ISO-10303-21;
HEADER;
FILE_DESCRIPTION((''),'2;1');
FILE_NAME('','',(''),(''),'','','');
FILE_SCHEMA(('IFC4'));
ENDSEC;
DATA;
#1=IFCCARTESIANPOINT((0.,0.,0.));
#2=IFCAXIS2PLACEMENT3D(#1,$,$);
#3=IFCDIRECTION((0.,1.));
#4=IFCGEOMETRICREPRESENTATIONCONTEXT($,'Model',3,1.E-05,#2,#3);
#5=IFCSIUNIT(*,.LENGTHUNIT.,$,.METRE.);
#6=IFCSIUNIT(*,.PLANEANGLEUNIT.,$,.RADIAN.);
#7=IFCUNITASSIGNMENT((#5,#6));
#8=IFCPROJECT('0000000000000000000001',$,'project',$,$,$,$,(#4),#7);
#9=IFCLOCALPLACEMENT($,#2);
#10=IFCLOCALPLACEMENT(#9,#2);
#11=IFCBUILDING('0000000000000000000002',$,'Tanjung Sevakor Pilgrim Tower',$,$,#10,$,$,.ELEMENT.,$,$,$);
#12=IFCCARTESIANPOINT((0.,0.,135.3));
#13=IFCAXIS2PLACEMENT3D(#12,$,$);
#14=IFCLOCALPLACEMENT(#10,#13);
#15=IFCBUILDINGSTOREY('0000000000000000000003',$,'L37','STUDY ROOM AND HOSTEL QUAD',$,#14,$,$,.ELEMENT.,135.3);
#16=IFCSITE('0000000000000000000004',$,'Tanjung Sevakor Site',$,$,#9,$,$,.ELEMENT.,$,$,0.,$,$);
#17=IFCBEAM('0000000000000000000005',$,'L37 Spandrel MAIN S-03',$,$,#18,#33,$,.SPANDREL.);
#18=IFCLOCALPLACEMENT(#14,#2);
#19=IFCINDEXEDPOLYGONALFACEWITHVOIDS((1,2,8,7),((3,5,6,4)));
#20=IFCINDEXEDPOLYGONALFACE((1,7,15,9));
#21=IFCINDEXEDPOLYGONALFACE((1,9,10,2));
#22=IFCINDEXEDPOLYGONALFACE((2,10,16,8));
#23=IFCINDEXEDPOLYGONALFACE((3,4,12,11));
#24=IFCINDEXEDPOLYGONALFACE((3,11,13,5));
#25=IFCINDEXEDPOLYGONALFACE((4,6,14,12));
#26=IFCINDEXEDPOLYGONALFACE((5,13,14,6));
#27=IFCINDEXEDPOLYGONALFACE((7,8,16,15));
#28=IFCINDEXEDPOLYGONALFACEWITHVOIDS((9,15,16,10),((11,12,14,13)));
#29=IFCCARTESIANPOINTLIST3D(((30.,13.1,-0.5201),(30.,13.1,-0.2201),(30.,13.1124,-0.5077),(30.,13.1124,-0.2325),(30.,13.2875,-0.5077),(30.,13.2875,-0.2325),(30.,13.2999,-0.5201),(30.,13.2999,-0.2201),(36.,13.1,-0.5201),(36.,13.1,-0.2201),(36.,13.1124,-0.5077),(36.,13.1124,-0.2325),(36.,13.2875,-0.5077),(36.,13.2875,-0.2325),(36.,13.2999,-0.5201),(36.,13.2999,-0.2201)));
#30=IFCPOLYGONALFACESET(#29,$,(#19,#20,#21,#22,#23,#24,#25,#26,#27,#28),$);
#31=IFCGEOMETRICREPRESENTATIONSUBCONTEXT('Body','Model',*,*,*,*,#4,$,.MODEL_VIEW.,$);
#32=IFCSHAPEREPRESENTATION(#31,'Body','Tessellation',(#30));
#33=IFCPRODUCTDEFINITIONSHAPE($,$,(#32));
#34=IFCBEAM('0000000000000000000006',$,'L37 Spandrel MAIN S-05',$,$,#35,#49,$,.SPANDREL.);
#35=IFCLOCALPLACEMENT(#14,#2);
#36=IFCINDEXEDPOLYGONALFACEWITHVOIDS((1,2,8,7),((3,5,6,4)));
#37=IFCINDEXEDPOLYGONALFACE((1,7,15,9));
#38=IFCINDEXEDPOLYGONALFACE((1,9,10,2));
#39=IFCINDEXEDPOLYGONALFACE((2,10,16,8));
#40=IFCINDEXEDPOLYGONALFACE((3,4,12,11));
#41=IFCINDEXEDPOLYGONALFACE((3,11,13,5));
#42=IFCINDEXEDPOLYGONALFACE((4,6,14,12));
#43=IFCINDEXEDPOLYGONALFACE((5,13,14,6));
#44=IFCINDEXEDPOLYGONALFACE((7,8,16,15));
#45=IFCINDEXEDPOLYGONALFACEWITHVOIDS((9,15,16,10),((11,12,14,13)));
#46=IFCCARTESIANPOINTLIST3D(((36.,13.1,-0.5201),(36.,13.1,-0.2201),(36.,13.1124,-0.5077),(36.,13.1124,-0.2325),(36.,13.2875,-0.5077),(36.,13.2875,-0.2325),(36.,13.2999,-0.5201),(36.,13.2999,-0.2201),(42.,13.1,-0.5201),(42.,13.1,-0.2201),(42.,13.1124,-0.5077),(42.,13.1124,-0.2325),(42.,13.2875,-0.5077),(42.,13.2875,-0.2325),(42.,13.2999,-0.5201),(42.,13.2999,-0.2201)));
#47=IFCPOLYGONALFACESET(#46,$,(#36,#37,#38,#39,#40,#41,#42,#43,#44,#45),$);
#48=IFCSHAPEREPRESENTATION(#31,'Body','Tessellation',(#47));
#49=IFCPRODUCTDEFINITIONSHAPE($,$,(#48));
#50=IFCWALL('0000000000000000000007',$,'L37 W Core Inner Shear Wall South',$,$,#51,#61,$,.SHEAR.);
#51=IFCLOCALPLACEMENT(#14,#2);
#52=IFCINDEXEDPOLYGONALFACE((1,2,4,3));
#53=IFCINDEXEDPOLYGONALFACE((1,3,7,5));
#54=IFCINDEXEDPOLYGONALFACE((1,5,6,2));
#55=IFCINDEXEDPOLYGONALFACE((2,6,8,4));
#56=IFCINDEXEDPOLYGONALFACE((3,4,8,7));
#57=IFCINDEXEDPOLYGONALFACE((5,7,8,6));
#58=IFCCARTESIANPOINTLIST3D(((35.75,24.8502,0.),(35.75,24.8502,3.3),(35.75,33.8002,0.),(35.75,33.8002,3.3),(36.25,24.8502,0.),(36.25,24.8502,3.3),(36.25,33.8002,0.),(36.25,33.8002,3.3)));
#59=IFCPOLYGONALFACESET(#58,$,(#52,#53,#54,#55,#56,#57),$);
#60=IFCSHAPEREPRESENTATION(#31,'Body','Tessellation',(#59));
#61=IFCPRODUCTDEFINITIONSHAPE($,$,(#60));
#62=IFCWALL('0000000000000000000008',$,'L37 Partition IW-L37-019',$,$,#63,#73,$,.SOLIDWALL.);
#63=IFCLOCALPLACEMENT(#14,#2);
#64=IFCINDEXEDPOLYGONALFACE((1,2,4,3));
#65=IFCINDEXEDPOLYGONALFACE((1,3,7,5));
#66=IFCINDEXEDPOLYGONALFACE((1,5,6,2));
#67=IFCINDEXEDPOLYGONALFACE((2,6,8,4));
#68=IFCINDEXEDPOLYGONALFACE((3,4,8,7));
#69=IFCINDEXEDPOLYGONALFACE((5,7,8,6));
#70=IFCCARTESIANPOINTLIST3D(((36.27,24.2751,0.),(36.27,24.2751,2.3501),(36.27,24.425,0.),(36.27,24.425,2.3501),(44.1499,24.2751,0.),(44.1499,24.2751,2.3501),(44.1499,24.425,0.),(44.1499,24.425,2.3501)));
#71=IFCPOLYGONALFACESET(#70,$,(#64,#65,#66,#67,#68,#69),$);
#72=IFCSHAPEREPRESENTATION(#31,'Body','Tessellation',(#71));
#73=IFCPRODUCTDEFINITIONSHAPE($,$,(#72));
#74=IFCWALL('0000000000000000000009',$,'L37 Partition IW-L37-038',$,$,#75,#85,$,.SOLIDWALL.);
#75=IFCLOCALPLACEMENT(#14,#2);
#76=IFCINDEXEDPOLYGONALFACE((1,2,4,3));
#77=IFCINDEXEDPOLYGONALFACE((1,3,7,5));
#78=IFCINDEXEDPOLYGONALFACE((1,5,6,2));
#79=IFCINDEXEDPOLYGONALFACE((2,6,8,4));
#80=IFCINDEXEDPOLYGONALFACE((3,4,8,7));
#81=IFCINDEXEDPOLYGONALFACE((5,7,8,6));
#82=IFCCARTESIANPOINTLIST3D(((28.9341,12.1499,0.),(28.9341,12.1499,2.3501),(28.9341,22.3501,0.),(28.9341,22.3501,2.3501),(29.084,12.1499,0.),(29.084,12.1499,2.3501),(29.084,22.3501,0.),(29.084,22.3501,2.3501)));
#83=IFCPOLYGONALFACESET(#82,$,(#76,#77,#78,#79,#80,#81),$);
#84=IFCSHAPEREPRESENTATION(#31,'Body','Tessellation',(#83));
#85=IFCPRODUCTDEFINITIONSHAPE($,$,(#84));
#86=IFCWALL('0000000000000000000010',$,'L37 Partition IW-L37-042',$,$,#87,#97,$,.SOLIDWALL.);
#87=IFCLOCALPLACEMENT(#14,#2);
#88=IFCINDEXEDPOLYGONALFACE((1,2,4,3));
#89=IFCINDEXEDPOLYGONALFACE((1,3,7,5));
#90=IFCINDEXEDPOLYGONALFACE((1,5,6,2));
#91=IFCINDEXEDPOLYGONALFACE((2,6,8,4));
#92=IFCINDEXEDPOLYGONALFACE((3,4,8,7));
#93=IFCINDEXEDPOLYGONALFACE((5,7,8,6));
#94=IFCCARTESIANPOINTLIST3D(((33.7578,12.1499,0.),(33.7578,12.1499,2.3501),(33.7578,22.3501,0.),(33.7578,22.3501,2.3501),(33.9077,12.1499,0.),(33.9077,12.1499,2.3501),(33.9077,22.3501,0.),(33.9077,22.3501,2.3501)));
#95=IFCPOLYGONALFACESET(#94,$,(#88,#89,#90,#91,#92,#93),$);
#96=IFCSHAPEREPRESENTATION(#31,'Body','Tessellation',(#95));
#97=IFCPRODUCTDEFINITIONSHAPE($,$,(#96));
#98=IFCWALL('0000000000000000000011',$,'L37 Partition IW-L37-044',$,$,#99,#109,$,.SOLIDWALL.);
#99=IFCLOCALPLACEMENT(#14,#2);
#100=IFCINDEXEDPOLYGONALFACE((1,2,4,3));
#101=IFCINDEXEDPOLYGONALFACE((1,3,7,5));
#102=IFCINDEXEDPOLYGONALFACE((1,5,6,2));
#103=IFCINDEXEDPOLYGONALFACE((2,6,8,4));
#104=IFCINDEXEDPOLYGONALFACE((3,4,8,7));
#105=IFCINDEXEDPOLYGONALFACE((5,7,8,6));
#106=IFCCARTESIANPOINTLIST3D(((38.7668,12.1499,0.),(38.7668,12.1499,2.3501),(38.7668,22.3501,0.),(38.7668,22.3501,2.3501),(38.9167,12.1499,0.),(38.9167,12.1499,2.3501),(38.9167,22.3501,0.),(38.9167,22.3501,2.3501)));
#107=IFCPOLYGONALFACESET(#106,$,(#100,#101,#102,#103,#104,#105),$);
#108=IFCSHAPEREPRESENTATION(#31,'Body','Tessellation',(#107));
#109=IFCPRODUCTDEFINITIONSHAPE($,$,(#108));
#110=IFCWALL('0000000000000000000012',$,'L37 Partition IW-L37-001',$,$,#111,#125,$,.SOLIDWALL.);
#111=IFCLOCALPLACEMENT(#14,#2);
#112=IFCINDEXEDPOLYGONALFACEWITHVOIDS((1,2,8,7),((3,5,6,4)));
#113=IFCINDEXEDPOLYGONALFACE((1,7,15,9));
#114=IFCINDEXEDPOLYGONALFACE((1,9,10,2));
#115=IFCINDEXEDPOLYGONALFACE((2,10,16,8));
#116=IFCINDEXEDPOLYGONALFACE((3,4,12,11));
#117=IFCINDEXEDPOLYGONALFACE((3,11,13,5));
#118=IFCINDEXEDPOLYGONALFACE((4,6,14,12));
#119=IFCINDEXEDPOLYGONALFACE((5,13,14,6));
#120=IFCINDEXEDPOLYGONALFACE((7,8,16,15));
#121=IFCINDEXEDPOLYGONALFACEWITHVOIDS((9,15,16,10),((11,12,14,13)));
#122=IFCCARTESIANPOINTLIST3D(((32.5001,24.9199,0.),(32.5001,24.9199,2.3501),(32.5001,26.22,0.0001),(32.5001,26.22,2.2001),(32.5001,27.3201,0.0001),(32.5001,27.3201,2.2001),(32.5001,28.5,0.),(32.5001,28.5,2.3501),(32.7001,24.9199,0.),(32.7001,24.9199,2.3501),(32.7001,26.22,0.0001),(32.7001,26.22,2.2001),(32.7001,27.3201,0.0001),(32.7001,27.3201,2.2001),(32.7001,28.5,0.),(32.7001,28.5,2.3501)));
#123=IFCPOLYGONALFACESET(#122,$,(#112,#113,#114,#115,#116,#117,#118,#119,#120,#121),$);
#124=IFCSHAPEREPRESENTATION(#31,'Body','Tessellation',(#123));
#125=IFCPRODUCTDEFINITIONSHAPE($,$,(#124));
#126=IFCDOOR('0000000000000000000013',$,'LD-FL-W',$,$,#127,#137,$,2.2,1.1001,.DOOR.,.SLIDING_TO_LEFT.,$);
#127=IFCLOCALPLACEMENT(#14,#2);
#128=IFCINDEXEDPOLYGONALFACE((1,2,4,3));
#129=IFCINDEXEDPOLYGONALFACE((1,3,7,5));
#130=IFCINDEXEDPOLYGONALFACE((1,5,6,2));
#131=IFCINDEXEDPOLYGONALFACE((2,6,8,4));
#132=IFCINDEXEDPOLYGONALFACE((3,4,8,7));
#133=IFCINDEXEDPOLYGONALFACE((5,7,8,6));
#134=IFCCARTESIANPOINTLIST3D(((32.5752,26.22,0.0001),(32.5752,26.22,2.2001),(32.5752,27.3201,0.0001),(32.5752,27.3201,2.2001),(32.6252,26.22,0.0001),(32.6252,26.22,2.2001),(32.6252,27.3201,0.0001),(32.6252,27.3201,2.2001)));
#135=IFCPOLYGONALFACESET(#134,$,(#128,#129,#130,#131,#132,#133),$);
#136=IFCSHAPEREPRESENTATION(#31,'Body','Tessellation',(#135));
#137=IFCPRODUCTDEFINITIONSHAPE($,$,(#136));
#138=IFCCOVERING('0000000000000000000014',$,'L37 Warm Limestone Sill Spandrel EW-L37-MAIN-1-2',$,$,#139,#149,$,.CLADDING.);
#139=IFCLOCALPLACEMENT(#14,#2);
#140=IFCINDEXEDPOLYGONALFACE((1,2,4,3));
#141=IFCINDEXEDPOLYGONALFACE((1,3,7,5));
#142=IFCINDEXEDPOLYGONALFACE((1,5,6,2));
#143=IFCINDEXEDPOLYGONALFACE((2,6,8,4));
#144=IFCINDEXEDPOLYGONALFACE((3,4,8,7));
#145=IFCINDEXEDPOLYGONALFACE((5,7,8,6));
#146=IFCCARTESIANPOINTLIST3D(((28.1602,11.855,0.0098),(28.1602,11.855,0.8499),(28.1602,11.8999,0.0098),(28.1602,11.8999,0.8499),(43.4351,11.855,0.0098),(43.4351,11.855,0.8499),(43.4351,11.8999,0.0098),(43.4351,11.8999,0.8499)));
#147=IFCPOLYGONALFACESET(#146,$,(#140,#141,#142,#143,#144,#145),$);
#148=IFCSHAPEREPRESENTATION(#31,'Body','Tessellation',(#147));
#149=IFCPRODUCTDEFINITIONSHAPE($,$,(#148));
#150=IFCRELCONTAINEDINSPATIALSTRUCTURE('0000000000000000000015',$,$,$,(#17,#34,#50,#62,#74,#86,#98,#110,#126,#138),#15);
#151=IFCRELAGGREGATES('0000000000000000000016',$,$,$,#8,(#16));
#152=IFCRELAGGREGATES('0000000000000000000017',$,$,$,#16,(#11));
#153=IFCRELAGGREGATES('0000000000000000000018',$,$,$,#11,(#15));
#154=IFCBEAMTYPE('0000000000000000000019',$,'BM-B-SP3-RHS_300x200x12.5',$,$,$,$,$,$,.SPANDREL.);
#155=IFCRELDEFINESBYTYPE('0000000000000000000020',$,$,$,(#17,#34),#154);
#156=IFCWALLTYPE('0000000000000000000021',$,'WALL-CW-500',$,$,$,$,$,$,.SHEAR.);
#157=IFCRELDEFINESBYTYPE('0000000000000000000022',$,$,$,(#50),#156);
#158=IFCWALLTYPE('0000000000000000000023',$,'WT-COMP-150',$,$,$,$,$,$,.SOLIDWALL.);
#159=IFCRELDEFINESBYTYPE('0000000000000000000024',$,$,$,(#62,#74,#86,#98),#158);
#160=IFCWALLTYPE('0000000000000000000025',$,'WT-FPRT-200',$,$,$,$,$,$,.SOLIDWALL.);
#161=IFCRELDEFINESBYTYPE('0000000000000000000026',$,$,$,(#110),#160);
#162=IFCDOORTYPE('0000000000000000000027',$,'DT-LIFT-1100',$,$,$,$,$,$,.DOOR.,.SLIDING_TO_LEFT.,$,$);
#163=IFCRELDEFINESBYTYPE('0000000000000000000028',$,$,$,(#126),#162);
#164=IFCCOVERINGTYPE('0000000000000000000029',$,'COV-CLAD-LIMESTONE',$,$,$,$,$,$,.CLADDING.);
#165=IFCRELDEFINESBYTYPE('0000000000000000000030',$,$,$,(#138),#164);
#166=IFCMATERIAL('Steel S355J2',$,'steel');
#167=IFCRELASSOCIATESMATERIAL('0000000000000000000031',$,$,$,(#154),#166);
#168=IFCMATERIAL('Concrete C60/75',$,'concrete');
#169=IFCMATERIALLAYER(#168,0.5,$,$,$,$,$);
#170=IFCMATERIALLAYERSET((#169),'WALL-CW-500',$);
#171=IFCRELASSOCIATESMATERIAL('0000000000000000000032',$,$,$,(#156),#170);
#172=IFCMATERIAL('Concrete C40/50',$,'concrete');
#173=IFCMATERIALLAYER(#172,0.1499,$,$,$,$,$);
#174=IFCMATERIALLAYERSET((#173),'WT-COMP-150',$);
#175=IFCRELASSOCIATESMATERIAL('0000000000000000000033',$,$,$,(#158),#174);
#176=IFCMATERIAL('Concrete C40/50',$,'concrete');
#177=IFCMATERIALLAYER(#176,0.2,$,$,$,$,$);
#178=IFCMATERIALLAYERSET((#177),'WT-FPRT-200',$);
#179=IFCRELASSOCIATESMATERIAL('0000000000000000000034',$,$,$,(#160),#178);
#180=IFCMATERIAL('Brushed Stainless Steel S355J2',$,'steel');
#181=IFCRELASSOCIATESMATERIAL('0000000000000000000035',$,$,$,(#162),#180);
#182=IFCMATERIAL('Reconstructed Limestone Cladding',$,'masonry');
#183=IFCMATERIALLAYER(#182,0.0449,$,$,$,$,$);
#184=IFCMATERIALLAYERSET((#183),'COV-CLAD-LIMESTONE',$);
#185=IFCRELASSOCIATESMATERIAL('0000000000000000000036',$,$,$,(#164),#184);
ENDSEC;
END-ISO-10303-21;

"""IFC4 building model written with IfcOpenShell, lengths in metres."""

from ifc_helpers import new_model, si_unit, direction, frame, frame_2d, origin, origin_2d, place, context, subcontext, project, spatial, rectangle, hollow_rectangle, extrude, material, layer, layer_set, material_profile, profile_set, type_object, element, fill, save


model = new_model("IFC4")

# Units and contexts
model_context = context("Model", 3, precision=1e-05, world=origin(), true_north=direction((0.0, 1.0)))
body_context = subcontext(model_context, "Body", "Model", "MODEL_VIEW")
ifc_project = project(units=[si_unit("LENGTHUNIT", "METRE"), si_unit("PLANEANGLEUNIT", "RADIAN")], contexts=[model_context])

# Site, building, storey
site_placement = place(None, origin())
site = spatial("IfcSite", under=ifc_project, at=site_placement, Name="Tanjung Sevakor Site", CompositionType="ELEMENT", RefElevation=0.0)
building_placement = place(site_placement, origin())
building = spatial("IfcBuilding", under=site, at=building_placement, Name="Tanjung Sevakor Pilgrim Tower", CompositionType="ELEMENT")
storey_placement = place(building_placement, frame((0.0, 0.0, 135.3)))
storey = spatial("IfcBuildingStorey", under=building, at=storey_placement, Name="L37", Description="STUDY ROOM AND HOSTEL QUAD", CompositionType="ELEMENT", Elevation=135.3)

# Beams
ifc_material_1 = material(Name="Steel S355J2", Category="steel")
ifc_material_profile_1 = material_profile(ifc_material_1, hollow_rectangle(XDim=0.2, YDim=0.3, WallThickness=0.0125, at=origin_2d()))
ifc_profile_set_1 = profile_set([ifc_material_profile_1], Name="Steel S355J2")
beam_type_1 = type_object("IfcBeamType", Name="BM-B-SP3-RHS_300x200x12.5", PredefinedType="SPANDREL", material=ifc_profile_set_1)
for number, where, z_axis, x_axis, name in (
    (1, (30.0, 13.2, -0.3701), (1.0, 0.0, 0.0), (0.0, 1.0, 0.0), "L37 Spandrel MAIN S-03"),
    (2, (36.0, 13.2, -0.3701), (1.0, 0.0, 0.0), (0.0, 1.0, 0.0), "L37 Spandrel MAIN S-05"),
):
    element("IfcBeam", number, at=place(storey_placement, frame(where, z_axis=z_axis, x_axis=x_axis)), inside=storey, type_object=beam_type_1, Name=name, PredefinedType="SPANDREL", context=body_context, shape_type="SweptSolid", body=[
        extrude(hollow_rectangle(XDim=0.2, YDim=0.3, WallThickness=0.0125, at=origin_2d()), origin(), (0.0, 0.0, 1.0), 6.0),
    ])

# Wall
ifc_material_2 = material(Name="Concrete C60/75", Category="concrete")
ifc_layer_1 = layer(ifc_material_2, 0.5)
ifc_layer_set_1 = layer_set([ifc_layer_1], Name="WALL-CW-500")
wall_type_1 = type_object("IfcWallType", Name="WALL-CW-500", PredefinedType="SHEAR", material=ifc_layer_set_1)
wall_1_placement = place(storey_placement, frame((36.0, 24.8501, 0.0), z_axis=(0.0, 0.0, 1.0), x_axis=(0.0, 1.0, 0.0)))
element("IfcWall", 3, at=wall_1_placement, inside=storey, type_object=wall_type_1, Name="L37 W Core Inner Shear Wall South", PredefinedType="SHEAR", context=body_context, shape_type="SweptSolid", body=[
    extrude(rectangle(XDim=8.95, YDim=0.5, at=frame_2d((4.4751, 0.0))), origin(), (0.0, 0.0, 1.0), 3.3),
])

# Walls
ifc_material_3 = material(Name="Concrete C40/50", Category="concrete")
ifc_layer_2 = layer(ifc_material_3, 0.1499)
ifc_layer_set_2 = layer_set([ifc_layer_2], Name="WT-COMP-150")
wall_type_2 = type_object("IfcWallType", Name="WT-COMP-150", PredefinedType="SOLIDWALL", material=ifc_layer_set_2)
wall_2_placement = place(storey_placement, frame((36.27, 24.3501, 0.0), z_axis=(0.0, 0.0, 1.0), x_axis=(1.0, 0.0, 0.0)))
element("IfcWall", 4, at=wall_2_placement, inside=storey, type_object=wall_type_2, Name="L37 Partition IW-L37-019", PredefinedType="SOLIDWALL", context=body_context, shape_type="SweptSolid", body=[
    extrude(rectangle(XDim=7.8799, YDim=0.1499, at=frame_2d((3.9399, 0.0))), origin(), (0.0, 0.0, 1.0), 2.3501),
])
for number, where, z_axis, x_axis, name in (
    (5, (29.009, 12.1499, 0.0), (0.0, 0.0, 1.0), (0.0, 1.0, 0.0), "L37 Partition IW-L37-038"),
    (6, (33.8328, 12.1499, 0.0), (0.0, 0.0, 1.0), (0.0, 1.0, 0.0), "L37 Partition IW-L37-042"),
):
    element("IfcWall", number, at=place(storey_placement, frame(where, z_axis=z_axis, x_axis=x_axis)), inside=storey, type_object=wall_type_2, Name=name, PredefinedType="SOLIDWALL", context=body_context, shape_type="SweptSolid", body=[
        extrude(rectangle(XDim=10.2002, YDim=0.1499, at=frame_2d((5.1001, 0.0))), origin(), (0.0, 0.0, 1.0), 2.3501),
    ])

# Wall
wall_3_placement = place(storey_placement, frame((38.8418, 12.1499, 0.0), z_axis=(0.0, 0.0, 1.0), x_axis=(0.0, 1.0, 0.0)))
element("IfcWall", 7, at=wall_3_placement, inside=storey, type_object=wall_type_2, Name="L37 Partition IW-L37-044", PredefinedType="SOLIDWALL", context=body_context, shape_type="SweptSolid", body=[
    extrude(rectangle(XDim=10.2002, YDim=0.1499, at=frame_2d((5.1001, 0.0))), origin(), (0.0, 0.0, 1.0), 2.3501),
])

# Wall, opening, door
ifc_material_4 = material(Name="Concrete C40/50", Category="concrete")
ifc_layer_3 = layer(ifc_material_4, 0.2)
ifc_layer_set_3 = layer_set([ifc_layer_3], Name="WT-FPRT-200")
wall_type_3 = type_object("IfcWallType", Name="WT-FPRT-200", PredefinedType="SOLIDWALL", material=ifc_layer_set_3)
wall_4_placement = place(storey_placement, frame((32.6001, 24.9199, 0.0), z_axis=(0.0, 0.0, 1.0), x_axis=(0.0, 1.0, 0.0)))
wall_4 = element("IfcWall", 8, at=wall_4_placement, inside=storey, type_object=wall_type_3, Name="L37 Partition IW-L37-001", PredefinedType="SOLIDWALL", context=body_context, shape_type="SweptSolid", body=[
    extrude(rectangle(XDim=3.5801, YDim=0.2, at=frame_2d((1.79, 0.0))), origin(), (0.0, 0.0, 1.0), 2.3501),
])
opening_1_placement = place(wall_4_placement, frame((1.3, 0.0, 0.0)))
opening_1 = element("IfcOpeningElement", 9, at=opening_1_placement, cuts=wall_4, PredefinedType="OPENING", context=body_context, shape_type="SweptSolid", body=[
    extrude(rectangle(XDim=1.1001, YDim=2.2, at=frame_2d((0.55, 1.1001))), frame((0.0, 0.1099, 0.0), z_axis=(0.0, -1.0, 0.0), x_axis=(1.0, 0.0, 0.0)), (0.0, 0.0, 1.0), 0.22),
])
ifc_material_5 = material(Name="Brushed Stainless Steel S355J2", Category="steel")
door_type_1 = type_object("IfcDoorType", Name="DT-LIFT-1100", OperationType="SLIDING_TO_LEFT", PredefinedType="DOOR", material=ifc_material_5)
door_1_placement = place(opening_1_placement, origin())
door_1 = element("IfcDoor", 10, at=door_1_placement, inside=storey, type_object=door_type_1, Name="LD-FL-W", OperationType="SLIDING_TO_LEFT", OverallHeight=2.2, OverallWidth=1.1001, PredefinedType="DOOR", context=body_context, shape_type="SweptSolid", body=[
    extrude(rectangle(XDim=1.1001, YDim=2.2, at=frame_2d((0.55, 1.1001))), frame((0.0, 0.0249, 0.0), z_axis=(0.0, -1.0, 0.0), x_axis=(1.0, 0.0, 0.0)), (0.0, 0.0, 1.0), 0.05),
])
fill(opening_1, door_1)

# Covering
ifc_material_6 = material(Name="Reconstructed Limestone Cladding", Category="masonry")
ifc_layer_4 = layer(ifc_material_6, 0.0449)
ifc_layer_set_4 = layer_set([ifc_layer_4], Name="COV-CLAD-LIMESTONE")
covering_type = type_object("IfcCoveringType", Name="COV-CLAD-LIMESTONE", PredefinedType="CLADDING", material=ifc_layer_set_4)
covering_placement = place(storey_placement, frame((35.7976, 11.8774, 0.0098), z_axis=(0.0, 0.0, 1.0), x_axis=(1.0, 0.0, 0.0)))
element("IfcCovering", 11, at=covering_placement, inside=storey, type_object=covering_type, Name="L37 Warm Limestone Sill Spandrel EW-L37-MAIN-1-2", PredefinedType="CLADDING", context=body_context, shape_type="SweptSolid", body=[
    extrude(rectangle(XDim=15.2749, YDim=0.0449, at=origin_2d()), origin(), (0.0, 0.0, 1.0), 0.8401),
])

save(model, "model.ifc")
